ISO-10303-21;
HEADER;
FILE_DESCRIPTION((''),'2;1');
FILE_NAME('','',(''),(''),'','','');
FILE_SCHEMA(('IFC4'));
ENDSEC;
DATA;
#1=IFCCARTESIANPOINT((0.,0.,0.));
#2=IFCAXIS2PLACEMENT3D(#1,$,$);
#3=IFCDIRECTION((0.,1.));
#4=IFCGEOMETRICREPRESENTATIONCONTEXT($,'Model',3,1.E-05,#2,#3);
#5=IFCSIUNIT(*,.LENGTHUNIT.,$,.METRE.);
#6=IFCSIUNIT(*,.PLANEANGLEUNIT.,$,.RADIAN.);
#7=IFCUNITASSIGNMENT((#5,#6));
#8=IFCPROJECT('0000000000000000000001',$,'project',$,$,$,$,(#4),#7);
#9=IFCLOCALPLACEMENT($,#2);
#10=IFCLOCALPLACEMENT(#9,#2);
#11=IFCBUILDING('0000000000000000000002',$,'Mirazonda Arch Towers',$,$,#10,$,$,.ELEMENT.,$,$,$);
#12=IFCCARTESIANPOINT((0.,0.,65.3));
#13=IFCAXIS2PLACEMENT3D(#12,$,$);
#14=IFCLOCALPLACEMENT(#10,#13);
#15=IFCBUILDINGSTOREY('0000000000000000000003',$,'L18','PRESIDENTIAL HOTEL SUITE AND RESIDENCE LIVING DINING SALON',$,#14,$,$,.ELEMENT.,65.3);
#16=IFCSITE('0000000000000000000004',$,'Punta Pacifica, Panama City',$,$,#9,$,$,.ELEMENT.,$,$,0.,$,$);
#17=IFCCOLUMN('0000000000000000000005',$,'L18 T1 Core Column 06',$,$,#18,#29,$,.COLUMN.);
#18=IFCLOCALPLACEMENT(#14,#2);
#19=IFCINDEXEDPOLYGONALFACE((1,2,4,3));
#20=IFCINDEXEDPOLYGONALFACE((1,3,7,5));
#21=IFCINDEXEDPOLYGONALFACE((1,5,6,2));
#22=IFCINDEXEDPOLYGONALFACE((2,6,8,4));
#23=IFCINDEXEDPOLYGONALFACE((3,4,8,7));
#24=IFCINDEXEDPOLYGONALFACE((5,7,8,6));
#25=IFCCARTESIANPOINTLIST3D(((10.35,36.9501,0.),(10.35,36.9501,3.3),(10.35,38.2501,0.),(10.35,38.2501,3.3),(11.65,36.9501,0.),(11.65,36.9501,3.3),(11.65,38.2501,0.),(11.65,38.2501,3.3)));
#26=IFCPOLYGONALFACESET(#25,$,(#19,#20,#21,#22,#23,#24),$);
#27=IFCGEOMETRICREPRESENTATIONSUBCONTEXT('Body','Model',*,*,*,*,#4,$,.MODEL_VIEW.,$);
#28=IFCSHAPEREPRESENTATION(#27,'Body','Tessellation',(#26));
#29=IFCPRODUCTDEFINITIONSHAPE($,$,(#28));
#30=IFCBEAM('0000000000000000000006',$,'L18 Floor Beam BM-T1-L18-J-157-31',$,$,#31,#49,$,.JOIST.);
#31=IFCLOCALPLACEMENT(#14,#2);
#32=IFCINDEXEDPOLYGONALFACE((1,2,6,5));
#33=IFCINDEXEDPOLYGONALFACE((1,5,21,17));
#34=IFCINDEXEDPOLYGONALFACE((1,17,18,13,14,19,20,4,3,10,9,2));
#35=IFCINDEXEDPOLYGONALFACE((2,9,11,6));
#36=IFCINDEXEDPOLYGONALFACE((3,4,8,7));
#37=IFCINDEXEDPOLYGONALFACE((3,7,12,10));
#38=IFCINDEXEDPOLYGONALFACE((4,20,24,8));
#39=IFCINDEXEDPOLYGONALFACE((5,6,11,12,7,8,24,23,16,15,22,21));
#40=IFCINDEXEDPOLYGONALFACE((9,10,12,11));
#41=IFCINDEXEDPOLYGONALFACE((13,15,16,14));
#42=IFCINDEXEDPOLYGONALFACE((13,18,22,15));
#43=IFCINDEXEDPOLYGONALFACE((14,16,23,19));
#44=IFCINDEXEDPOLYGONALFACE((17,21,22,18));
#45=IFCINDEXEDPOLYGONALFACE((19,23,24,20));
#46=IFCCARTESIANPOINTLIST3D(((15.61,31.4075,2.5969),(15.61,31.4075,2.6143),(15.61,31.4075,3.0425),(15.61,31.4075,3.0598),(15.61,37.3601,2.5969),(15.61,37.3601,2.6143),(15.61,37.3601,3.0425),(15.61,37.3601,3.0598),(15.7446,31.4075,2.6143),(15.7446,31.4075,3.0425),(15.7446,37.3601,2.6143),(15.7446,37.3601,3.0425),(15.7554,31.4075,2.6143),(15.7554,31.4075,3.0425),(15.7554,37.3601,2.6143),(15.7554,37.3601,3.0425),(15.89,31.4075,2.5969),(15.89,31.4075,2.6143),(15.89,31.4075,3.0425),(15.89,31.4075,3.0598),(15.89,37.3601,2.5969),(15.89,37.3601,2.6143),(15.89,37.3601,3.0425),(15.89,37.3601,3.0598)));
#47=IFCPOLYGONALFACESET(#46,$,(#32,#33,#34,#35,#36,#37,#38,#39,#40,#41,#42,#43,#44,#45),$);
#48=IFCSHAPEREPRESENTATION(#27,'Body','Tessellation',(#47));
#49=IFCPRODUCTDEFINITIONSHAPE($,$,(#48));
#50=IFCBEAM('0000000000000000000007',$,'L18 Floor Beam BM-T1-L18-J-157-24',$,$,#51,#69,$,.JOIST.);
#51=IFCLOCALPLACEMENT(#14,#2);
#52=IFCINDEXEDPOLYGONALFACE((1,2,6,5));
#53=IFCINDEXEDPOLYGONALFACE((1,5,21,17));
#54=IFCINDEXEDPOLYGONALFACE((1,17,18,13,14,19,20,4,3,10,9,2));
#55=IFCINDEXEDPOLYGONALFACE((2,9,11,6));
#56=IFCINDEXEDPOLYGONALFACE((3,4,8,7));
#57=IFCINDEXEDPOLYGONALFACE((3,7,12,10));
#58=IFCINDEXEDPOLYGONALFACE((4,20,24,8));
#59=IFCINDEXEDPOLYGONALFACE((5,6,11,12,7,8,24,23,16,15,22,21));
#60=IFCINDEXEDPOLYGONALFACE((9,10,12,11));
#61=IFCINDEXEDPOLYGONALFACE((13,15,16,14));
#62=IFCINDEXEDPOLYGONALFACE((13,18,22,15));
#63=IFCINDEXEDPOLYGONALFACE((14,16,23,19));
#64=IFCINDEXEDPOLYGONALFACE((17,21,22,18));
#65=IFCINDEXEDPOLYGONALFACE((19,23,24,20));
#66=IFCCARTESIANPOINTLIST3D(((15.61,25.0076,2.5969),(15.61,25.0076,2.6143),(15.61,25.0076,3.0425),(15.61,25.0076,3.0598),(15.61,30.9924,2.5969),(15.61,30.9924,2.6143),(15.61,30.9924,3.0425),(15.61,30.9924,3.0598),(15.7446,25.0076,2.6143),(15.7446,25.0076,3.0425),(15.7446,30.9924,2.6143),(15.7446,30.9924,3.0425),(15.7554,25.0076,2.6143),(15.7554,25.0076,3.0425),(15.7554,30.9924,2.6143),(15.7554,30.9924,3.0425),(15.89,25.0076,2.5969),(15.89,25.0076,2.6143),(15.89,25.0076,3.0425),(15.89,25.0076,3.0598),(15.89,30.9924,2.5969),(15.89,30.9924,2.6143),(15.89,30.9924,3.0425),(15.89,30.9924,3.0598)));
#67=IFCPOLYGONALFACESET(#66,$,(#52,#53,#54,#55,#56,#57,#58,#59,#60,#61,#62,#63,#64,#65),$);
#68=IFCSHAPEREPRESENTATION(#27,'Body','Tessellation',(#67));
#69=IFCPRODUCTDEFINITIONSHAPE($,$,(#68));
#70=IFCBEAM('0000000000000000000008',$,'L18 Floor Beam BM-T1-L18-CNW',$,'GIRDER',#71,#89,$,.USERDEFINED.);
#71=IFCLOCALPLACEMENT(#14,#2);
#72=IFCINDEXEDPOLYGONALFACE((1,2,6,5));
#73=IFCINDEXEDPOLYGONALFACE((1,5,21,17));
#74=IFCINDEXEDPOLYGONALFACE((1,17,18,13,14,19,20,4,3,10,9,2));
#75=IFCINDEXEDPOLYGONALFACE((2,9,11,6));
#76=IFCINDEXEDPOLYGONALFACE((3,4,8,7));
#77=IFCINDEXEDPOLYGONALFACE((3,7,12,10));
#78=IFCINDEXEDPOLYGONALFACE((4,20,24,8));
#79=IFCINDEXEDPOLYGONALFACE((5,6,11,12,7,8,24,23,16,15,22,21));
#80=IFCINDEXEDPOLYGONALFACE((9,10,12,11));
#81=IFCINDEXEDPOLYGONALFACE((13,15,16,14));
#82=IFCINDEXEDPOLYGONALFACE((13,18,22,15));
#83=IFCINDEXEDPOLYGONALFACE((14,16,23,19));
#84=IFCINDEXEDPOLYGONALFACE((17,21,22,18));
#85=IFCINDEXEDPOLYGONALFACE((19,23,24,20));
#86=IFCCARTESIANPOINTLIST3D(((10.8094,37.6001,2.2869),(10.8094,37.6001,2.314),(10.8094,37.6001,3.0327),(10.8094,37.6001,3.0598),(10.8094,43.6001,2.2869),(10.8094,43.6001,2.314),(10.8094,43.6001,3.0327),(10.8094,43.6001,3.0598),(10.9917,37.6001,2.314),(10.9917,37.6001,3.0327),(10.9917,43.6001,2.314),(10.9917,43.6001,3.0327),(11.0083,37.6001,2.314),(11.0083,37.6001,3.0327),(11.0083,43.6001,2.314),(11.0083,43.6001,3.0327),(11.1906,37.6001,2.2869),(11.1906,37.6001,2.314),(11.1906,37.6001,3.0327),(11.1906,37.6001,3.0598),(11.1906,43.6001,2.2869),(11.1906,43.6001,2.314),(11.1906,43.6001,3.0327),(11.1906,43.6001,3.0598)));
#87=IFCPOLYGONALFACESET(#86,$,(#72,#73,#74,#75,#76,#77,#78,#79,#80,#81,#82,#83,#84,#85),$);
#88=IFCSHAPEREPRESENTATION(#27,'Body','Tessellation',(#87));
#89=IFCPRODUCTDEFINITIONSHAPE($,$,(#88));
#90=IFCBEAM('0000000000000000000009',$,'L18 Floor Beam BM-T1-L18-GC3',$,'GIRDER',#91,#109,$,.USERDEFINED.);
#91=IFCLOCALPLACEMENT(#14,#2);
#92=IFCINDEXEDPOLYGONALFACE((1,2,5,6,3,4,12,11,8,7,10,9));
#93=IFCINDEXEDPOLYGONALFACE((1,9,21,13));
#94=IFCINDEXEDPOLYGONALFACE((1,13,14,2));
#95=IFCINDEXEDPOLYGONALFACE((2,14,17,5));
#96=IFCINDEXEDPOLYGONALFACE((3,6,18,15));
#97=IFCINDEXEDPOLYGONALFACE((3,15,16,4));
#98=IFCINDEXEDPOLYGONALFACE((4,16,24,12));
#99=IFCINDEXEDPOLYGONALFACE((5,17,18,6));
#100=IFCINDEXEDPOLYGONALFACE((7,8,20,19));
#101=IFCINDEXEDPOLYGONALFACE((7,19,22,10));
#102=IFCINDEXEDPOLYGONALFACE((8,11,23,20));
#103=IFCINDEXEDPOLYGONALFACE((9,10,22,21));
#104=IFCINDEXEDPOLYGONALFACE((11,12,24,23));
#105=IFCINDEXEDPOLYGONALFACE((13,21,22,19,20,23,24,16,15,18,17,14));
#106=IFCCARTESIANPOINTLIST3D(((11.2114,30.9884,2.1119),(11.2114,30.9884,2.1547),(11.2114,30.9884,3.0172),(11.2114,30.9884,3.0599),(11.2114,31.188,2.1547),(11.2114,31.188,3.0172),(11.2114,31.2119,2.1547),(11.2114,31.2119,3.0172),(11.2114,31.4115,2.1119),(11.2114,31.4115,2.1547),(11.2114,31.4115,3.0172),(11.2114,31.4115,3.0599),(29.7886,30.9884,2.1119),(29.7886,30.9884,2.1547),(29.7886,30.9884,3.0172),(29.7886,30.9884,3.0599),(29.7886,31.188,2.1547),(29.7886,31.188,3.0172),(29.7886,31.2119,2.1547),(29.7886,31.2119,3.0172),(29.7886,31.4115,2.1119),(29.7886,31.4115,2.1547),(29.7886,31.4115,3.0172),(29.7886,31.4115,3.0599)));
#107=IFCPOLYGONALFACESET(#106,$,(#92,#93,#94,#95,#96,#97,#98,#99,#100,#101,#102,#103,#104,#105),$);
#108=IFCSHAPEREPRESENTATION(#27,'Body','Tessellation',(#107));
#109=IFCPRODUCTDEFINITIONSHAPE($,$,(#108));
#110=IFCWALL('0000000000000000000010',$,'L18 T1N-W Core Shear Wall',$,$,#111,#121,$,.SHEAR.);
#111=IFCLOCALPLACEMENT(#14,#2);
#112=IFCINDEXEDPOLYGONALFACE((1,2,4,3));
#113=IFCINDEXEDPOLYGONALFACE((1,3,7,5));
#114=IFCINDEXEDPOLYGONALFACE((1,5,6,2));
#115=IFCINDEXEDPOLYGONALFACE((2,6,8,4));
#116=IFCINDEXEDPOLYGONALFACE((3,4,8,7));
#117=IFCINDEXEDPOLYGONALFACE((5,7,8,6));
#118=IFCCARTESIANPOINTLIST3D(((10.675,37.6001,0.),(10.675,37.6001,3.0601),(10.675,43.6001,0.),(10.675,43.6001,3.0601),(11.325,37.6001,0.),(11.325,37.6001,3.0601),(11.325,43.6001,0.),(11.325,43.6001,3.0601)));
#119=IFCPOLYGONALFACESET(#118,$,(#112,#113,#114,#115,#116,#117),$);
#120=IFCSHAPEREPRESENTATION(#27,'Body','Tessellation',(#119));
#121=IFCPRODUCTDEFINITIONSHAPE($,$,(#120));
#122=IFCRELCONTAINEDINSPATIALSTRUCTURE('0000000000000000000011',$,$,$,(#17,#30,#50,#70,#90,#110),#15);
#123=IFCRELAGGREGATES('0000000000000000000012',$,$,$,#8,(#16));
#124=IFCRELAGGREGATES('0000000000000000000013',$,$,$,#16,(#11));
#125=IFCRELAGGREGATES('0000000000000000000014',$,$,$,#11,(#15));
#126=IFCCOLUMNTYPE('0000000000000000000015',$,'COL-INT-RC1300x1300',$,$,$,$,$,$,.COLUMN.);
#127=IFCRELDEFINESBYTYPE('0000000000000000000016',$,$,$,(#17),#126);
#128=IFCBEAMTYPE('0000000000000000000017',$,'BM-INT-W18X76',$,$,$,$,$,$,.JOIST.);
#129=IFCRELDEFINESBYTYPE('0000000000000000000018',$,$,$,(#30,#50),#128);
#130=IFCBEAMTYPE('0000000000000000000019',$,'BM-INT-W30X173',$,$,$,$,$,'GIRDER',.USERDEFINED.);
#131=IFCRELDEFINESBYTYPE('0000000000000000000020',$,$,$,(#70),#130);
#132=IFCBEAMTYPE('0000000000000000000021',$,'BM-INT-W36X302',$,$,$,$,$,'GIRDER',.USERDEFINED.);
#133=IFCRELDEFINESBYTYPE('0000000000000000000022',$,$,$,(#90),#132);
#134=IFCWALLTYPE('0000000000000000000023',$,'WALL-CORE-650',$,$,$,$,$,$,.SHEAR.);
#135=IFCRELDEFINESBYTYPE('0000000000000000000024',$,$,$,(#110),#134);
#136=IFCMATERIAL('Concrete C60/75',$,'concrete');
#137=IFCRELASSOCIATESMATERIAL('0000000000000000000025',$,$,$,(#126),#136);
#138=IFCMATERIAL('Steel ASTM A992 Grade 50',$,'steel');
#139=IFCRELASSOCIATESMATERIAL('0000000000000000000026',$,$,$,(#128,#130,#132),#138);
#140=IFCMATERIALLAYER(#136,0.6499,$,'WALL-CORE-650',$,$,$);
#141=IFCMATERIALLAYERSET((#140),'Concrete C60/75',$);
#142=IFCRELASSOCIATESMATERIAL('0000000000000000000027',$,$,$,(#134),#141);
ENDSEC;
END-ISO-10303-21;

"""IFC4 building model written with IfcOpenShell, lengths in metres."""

from ifc_helpers import new_model, si_unit, direction, frame, frame_2d, origin, origin_2d, place, context, subcontext, project, spatial, rectangle, i_section, extrude, material, layer, layer_set, material_profile, profile_set, type_object, element, save


model = new_model("IFC4")

# Units and contexts
model_context = context("Model", 3, precision=1e-05, world=origin(), true_north=direction((0.0, 1.0)))
body_context = subcontext(model_context, "Body", "Model", "MODEL_VIEW")
ifc_project = project(units=[si_unit("LENGTHUNIT", "METRE"), si_unit("PLANEANGLEUNIT", "RADIAN")], contexts=[model_context])

# Site, building, storey
site_placement = place(None, origin())
site = spatial("IfcSite", under=ifc_project, at=site_placement, Name="Punta Pacifica, Panama City", CompositionType="ELEMENT", RefElevation=0.0)
building_placement = place(site_placement, origin())
building = spatial("IfcBuilding", under=site, at=building_placement, Name="Mirazonda Arch Towers", CompositionType="ELEMENT")
storey_placement = place(building_placement, frame((0.0, 0.0, 65.3)))
storey = spatial("IfcBuildingStorey", under=building, at=storey_placement, Name="L18", Description="PRESIDENTIAL HOTEL SUITE AND RESIDENCE LIVING DINING SALON", CompositionType="ELEMENT", Elevation=65.3)

# Column
ifc_material_1 = material(Name="Concrete C60/75", Category="concrete")
ifc_material_profile_1 = material_profile(ifc_material_1, rectangle(XDim=1.3, YDim=1.3, at=origin_2d()), Name="RC1300x1300")
ifc_profile_set_1 = profile_set([ifc_material_profile_1], Name="Concrete C60/75")
column_type = type_object("IfcColumnType", Name="COL-INT-RC1300x1300", PredefinedType="COLUMN", material=ifc_profile_set_1)
column_placement = place(storey_placement, frame((11.0, 37.6001, 0.0), z_axis=(0.0, 0.0, 1.0), x_axis=(1.0, 0.0, 0.0)))
element("IfcColumn", 1, at=column_placement, inside=storey, type_object=column_type, Name="L18 T1 Core Column 06", PredefinedType="COLUMN", context=body_context, shape_type="SweptSolid", body=[
    extrude(rectangle(XDim=1.3, YDim=1.3, at=origin_2d()), origin(), (0.0, 0.0, 1.0), 3.3),
])

# Beams
ifc_material_2 = material(Name="Steel ASTM A992 Grade 50", Category="steel")
ifc_material_profile_2 = material_profile(ifc_material_2, i_section(OverallWidth=0.28, OverallDepth=0.4629, WebThickness=0.0107, FlangeThickness=0.0173, at=origin_2d()), Name="W18X76")
ifc_profile_set_2 = profile_set([ifc_material_profile_2], Name="Steel ASTM A992 Grade 50")
beam_type_1 = type_object("IfcBeamType", Name="BM-INT-W18X76", PredefinedType="JOIST", material=ifc_profile_set_2)
beam_1_placement = place(storey_placement, frame((15.75, 31.4075, 2.8284), z_axis=(0.0, 1.0, 0.0), x_axis=(-1.0, 0.0, 0.0)))
element("IfcBeam", 2, at=beam_1_placement, inside=storey, type_object=beam_type_1, Name="L18 Floor Beam BM-T1-L18-J-157-31", PredefinedType="JOIST", context=body_context, shape_type="SweptSolid", body=[
    extrude(i_section(OverallWidth=0.28, OverallDepth=0.4629, WebThickness=0.0107, FlangeThickness=0.0173, at=origin_2d()), origin(), (0.0, 0.0, 1.0), 5.9526),
])
beam_2_placement = place(storey_placement, frame((15.75, 25.0076, 2.8284), z_axis=(0.0, 1.0, 0.0), x_axis=(-1.0, 0.0, 0.0)))
element("IfcBeam", 3, at=beam_2_placement, inside=storey, type_object=beam_type_1, Name="L18 Floor Beam BM-T1-L18-J-157-24", PredefinedType="JOIST", context=body_context, shape_type="SweptSolid", body=[
    extrude(i_section(OverallWidth=0.28, OverallDepth=0.4629, WebThickness=0.0107, FlangeThickness=0.0173, at=origin_2d()), origin(), (0.0, 0.0, 1.0), 5.9849),
])
ifc_material_profile_3 = material_profile(ifc_material_2, i_section(OverallWidth=0.3811, OverallDepth=0.7729, WebThickness=0.0166, FlangeThickness=0.0271, at=origin_2d()), Name="W30X173")
ifc_profile_set_3 = profile_set([ifc_material_profile_3], Name="Steel ASTM A992 Grade 50")
beam_type_2 = type_object("IfcBeamType", Name="BM-INT-W30X173", ElementType="GIRDER", PredefinedType="USERDEFINED", material=ifc_profile_set_3)
beam_3_placement = place(storey_placement, frame((11.0, 37.6001, 2.6733), z_axis=(0.0, 1.0, 0.0), x_axis=(-1.0, 0.0, 0.0)))
element("IfcBeam", 4, at=beam_3_placement, inside=storey, type_object=beam_type_2, Name="L18 Floor Beam BM-T1-L18-CNW", ObjectType="GIRDER", PredefinedType="USERDEFINED", context=body_context, shape_type="SweptSolid", body=[
    extrude(i_section(OverallWidth=0.3811, OverallDepth=0.7729, WebThickness=0.0166, FlangeThickness=0.0271, at=origin_2d()), origin(), (0.0, 0.0, 1.0), 6.0),
])
ifc_material_profile_4 = material_profile(ifc_material_2, i_section(OverallWidth=0.4231, OverallDepth=0.948, WebThickness=0.0239, FlangeThickness=0.0427, at=origin_2d()), Name="W36X302")
ifc_profile_set_4 = profile_set([ifc_material_profile_4], Name="Steel ASTM A992 Grade 50")
beam_type_3 = type_object("IfcBeamType", Name="BM-INT-W36X302", ElementType="GIRDER", PredefinedType="USERDEFINED", material=ifc_profile_set_4)
beam_4_placement = place(storey_placement, frame((11.2114, 31.2, 2.5859), z_axis=(1.0, 0.0, 0.0), x_axis=(0.0, 1.0, 0.0)))
element("IfcBeam", 5, at=beam_4_placement, inside=storey, type_object=beam_type_3, Name="L18 Floor Beam BM-T1-L18-GC3", ObjectType="GIRDER", PredefinedType="USERDEFINED", context=body_context, shape_type="SweptSolid", body=[
    extrude(i_section(OverallWidth=0.4231, OverallDepth=0.948, WebThickness=0.0239, FlangeThickness=0.0427, at=origin_2d()), origin(), (0.0, 0.0, 1.0), 18.5771),
])

# Wall
ifc_layer_1 = layer(ifc_material_1, 0.6499, Name="WALL-CORE-650")
ifc_layer_set_1 = layer_set([ifc_layer_1], Name="Concrete C60/75")
wall_type_1 = type_object("IfcWallType", Name="WALL-CORE-650", PredefinedType="SHEAR", material=ifc_layer_set_1)
wall_1_placement = place(storey_placement, frame((11.0, 37.6001, 0.0), z_axis=(0.0, 0.0, 1.0), x_axis=(0.0, 1.0, 0.0)))
element("IfcWall", 6, at=wall_1_placement, inside=storey, type_object=wall_type_1, Name="L18 T1N-W Core Shear Wall", PredefinedType="SHEAR", context=body_context, shape_type="SweptSolid", body=[
    extrude(rectangle(XDim=6.0, YDim=0.6499, at=frame_2d((3.0, 0.0))), origin(), (0.0, 0.0, 1.0), 3.0601),
])

save(model, "model.ifc")
